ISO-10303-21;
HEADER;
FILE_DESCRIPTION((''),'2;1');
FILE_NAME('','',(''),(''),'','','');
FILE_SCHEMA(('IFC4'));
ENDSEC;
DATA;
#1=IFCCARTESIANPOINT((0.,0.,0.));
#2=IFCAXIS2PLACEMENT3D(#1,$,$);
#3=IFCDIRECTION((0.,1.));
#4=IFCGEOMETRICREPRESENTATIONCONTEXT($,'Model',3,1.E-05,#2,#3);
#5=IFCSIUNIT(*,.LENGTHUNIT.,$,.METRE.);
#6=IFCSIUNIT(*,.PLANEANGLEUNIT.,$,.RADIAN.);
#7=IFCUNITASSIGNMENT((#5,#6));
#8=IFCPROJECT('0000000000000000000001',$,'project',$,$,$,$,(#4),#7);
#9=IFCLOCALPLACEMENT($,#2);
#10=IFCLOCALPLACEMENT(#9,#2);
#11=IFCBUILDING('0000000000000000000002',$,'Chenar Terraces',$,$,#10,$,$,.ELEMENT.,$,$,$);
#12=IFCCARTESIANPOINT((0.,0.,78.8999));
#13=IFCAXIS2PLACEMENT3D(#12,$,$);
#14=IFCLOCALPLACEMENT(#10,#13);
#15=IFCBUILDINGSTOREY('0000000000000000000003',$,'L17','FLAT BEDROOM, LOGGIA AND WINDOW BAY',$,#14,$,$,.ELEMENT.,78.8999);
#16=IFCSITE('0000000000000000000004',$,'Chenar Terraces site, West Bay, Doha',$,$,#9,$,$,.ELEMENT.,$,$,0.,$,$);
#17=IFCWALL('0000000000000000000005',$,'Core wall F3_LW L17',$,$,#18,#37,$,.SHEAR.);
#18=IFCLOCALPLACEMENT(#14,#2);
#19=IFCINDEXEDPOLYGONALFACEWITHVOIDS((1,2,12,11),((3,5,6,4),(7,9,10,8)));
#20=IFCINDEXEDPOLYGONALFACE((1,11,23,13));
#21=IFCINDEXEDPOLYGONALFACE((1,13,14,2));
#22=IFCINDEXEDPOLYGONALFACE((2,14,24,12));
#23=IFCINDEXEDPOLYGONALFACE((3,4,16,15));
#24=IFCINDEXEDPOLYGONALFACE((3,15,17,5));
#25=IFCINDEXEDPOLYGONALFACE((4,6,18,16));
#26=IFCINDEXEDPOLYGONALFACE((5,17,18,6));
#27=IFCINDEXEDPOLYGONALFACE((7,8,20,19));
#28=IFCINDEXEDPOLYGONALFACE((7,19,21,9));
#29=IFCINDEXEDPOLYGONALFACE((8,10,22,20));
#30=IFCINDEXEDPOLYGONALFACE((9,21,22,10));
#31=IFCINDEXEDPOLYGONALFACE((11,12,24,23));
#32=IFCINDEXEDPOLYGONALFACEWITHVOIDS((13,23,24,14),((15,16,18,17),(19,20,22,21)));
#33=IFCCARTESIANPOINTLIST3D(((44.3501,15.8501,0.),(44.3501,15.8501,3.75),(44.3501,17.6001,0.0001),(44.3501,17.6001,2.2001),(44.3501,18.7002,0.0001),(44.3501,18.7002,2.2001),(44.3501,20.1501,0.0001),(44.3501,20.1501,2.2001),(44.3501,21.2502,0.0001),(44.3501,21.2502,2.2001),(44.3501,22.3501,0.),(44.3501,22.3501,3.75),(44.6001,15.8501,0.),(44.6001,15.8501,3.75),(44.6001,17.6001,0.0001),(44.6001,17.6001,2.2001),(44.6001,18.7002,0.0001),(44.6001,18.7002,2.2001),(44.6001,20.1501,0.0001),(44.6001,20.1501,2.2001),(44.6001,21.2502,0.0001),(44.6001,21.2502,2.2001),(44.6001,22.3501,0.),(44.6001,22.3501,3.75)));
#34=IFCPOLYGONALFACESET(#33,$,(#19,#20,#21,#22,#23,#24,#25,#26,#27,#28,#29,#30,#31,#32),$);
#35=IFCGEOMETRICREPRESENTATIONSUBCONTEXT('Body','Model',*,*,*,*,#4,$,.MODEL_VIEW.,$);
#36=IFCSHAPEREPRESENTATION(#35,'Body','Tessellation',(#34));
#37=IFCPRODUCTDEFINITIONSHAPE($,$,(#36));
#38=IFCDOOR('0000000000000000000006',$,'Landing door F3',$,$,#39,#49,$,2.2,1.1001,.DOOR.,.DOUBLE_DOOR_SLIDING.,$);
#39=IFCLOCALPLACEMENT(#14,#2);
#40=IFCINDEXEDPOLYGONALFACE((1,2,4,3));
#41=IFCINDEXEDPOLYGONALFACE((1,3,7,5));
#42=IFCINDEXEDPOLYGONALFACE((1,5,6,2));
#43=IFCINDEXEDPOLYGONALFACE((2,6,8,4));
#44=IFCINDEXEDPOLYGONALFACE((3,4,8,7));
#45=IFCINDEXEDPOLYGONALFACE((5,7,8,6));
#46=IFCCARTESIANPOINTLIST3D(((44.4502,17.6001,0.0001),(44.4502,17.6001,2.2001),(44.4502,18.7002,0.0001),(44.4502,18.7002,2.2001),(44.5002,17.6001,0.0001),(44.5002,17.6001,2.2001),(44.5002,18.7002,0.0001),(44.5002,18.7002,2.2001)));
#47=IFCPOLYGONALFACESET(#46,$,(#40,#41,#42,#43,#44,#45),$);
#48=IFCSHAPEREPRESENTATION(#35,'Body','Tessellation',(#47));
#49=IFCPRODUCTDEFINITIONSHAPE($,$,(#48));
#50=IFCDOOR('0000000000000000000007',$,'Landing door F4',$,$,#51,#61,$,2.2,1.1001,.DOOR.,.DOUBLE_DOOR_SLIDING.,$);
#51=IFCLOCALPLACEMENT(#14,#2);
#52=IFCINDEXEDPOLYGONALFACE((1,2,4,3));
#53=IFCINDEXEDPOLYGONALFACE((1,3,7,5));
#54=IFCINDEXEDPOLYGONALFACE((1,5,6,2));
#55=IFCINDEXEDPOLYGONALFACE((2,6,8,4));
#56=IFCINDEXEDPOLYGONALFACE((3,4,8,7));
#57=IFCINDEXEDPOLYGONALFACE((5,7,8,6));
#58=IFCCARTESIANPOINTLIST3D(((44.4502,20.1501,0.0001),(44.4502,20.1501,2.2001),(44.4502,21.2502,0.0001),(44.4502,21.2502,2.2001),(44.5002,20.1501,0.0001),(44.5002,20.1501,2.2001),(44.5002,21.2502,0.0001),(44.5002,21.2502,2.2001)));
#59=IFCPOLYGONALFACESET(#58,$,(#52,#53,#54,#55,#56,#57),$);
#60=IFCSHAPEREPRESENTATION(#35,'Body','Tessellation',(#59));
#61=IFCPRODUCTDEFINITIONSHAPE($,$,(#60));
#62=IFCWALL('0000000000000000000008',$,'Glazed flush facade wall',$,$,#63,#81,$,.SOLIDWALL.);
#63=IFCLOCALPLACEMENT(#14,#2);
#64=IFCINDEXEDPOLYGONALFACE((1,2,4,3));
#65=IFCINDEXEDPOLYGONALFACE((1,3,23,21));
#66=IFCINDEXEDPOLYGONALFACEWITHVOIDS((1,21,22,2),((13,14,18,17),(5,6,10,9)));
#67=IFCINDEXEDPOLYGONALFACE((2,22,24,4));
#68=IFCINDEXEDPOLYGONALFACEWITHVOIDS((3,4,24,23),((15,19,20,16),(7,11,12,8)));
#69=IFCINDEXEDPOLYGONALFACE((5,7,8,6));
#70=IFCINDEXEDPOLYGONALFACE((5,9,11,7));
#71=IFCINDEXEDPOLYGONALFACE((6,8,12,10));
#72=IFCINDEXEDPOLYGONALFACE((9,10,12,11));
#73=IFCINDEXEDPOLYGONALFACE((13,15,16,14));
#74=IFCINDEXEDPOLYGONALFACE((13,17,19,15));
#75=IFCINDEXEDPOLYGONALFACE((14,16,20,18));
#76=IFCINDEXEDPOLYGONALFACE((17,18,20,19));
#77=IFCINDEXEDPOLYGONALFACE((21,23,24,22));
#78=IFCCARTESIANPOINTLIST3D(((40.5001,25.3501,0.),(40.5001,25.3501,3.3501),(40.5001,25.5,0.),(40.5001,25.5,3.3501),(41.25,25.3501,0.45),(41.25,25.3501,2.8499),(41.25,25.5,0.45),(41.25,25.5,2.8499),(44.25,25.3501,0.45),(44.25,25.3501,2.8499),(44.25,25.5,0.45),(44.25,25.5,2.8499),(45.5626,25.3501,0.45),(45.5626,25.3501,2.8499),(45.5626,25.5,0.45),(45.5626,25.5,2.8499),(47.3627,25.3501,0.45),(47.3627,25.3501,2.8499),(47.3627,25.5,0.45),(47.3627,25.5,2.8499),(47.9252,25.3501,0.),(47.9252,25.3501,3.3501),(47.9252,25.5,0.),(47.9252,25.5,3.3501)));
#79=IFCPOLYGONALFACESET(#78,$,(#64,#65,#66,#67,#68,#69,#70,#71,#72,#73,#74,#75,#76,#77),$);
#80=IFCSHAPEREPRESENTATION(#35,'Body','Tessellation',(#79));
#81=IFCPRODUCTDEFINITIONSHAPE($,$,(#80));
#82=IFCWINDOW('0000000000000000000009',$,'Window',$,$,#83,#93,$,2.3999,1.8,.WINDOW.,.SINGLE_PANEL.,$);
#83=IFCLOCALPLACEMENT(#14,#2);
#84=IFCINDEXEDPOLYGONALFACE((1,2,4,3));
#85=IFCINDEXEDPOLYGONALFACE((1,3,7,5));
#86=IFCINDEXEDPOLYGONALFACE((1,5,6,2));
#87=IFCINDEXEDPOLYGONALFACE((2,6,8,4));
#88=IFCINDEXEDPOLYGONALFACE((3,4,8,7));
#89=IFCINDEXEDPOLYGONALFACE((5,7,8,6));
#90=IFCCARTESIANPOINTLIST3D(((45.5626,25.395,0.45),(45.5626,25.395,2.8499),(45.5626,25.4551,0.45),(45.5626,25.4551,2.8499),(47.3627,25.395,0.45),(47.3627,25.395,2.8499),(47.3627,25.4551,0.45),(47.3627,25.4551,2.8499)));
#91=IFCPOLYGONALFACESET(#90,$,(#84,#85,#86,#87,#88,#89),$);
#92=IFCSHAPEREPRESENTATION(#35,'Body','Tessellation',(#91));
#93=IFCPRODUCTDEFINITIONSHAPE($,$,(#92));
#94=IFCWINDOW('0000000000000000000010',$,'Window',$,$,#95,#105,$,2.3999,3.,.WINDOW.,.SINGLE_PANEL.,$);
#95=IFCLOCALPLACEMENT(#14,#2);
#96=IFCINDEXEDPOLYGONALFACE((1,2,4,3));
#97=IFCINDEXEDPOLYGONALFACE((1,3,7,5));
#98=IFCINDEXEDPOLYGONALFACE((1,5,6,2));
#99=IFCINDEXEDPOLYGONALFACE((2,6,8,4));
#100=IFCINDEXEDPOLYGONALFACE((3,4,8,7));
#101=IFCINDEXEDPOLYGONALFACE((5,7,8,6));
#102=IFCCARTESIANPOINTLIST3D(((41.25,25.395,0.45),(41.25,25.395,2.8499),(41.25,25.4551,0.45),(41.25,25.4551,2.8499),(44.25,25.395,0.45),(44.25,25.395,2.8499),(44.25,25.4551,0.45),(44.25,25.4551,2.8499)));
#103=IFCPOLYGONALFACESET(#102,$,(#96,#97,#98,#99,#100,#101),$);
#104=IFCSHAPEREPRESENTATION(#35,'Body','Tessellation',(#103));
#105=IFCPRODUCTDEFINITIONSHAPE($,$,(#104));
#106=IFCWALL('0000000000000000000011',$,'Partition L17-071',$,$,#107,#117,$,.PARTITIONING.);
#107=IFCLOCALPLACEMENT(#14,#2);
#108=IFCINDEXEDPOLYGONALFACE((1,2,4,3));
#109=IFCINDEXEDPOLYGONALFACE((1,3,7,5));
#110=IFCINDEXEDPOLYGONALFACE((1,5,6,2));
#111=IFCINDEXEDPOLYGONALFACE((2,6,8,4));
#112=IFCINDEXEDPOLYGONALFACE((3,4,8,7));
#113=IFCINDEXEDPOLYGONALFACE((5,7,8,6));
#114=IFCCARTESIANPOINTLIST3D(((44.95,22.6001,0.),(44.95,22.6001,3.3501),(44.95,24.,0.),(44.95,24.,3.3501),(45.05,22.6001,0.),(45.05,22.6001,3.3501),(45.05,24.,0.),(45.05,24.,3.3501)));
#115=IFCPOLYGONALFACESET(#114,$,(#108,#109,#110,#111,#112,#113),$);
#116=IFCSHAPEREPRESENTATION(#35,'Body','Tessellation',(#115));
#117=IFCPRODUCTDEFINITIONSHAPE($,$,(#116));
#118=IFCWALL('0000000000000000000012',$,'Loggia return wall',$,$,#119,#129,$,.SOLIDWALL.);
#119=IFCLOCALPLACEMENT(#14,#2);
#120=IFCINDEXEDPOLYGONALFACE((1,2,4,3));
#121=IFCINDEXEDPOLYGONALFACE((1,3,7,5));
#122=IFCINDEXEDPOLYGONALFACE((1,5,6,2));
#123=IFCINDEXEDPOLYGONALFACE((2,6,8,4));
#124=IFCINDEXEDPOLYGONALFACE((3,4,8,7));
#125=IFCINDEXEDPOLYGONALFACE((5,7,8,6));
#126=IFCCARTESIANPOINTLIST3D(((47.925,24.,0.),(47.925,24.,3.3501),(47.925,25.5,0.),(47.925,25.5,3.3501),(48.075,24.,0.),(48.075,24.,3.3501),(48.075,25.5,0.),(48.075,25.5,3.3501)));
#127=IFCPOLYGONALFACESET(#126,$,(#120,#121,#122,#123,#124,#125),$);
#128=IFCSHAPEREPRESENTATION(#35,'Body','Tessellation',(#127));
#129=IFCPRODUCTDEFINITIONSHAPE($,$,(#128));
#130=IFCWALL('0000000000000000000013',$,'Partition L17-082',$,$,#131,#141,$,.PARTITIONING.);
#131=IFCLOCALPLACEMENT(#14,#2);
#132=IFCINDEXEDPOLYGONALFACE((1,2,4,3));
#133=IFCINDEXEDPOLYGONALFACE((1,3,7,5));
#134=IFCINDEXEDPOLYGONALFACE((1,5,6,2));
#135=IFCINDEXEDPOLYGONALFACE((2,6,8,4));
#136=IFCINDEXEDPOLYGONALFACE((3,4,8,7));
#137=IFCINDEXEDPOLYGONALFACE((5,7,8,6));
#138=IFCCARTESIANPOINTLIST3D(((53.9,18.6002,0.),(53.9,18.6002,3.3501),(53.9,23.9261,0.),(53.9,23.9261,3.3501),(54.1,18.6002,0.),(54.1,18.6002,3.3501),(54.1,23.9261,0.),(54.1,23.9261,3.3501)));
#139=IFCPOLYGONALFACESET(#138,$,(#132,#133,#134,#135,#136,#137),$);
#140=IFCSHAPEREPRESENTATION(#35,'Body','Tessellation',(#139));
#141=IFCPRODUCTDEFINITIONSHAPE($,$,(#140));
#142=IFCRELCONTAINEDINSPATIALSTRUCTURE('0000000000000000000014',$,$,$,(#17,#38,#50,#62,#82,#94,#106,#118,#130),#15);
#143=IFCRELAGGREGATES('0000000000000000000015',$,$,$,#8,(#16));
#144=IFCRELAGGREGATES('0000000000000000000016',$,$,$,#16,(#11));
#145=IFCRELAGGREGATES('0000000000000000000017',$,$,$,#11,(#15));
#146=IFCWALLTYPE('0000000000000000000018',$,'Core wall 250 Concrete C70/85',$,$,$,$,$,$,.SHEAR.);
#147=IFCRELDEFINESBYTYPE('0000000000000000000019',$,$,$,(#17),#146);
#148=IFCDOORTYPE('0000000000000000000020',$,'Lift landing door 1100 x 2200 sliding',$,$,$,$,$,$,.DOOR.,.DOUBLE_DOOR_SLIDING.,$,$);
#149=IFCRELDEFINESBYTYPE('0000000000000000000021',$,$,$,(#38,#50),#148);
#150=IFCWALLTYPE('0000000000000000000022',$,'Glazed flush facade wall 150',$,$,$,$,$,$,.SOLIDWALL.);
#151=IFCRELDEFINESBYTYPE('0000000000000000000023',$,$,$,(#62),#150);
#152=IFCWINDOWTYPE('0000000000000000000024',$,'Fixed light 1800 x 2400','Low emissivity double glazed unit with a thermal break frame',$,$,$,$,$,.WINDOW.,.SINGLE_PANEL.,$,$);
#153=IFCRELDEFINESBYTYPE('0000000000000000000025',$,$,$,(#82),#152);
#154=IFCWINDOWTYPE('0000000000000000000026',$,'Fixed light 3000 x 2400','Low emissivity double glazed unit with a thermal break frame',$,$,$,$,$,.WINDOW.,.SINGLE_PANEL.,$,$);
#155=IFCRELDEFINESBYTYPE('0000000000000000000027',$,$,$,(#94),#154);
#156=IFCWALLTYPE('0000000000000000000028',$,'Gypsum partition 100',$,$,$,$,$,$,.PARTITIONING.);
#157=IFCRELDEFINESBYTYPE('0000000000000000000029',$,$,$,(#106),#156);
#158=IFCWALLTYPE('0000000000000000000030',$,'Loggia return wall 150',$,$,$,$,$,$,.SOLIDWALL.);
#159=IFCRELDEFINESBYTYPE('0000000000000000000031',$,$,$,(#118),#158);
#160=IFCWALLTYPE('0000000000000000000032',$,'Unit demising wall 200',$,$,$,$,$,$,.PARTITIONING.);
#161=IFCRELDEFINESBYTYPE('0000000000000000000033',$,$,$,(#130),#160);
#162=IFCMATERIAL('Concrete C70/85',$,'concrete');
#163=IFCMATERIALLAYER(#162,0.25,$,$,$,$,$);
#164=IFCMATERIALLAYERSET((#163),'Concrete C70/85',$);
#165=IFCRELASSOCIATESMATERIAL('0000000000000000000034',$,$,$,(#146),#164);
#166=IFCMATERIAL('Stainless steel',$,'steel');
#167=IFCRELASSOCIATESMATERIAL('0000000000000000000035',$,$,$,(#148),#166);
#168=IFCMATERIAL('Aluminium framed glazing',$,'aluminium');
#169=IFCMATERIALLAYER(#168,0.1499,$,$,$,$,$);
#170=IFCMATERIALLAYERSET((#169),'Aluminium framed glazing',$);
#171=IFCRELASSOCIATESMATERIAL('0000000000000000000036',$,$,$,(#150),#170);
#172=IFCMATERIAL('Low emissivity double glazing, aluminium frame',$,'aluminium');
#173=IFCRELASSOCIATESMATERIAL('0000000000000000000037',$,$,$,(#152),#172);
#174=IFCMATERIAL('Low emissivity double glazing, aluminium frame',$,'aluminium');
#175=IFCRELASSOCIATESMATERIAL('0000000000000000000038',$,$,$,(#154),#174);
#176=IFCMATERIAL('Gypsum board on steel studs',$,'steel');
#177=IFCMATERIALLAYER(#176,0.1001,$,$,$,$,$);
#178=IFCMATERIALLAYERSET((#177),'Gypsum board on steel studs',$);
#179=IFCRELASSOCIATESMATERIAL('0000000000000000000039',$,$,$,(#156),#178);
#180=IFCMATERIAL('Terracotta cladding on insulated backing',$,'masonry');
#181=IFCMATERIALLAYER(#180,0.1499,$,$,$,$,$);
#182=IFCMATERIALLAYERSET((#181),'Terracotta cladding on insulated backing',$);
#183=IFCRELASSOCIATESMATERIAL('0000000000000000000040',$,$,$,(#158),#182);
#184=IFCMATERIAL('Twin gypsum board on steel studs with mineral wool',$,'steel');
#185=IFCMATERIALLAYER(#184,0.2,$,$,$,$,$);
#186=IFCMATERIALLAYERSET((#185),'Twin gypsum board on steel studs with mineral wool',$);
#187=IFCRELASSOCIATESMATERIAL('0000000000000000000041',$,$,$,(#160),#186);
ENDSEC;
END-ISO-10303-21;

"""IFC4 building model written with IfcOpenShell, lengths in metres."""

from ifc_helpers import new_model, si_unit, direction, frame, frame_2d, origin, place, context, subcontext, project, spatial, rectangle, extrude, material, layer, layer_set, type_object, element, fill, save


model = new_model("IFC4")

# Units and contexts
model_context = context("Model", 3, precision=1e-05, world=origin(), true_north=direction((0.0, 1.0)))
body_context = subcontext(model_context, "Body", "Model", "MODEL_VIEW")
ifc_project = project(units=[si_unit("LENGTHUNIT", "METRE"), si_unit("PLANEANGLEUNIT", "RADIAN")], contexts=[model_context])

# Site, building, storey
site_placement = place(None, origin())
site = spatial("IfcSite", under=ifc_project, at=site_placement, Name="Chenar Terraces site, West Bay, Doha", CompositionType="ELEMENT", RefElevation=0.0)
building_placement = place(site_placement, origin())
building = spatial("IfcBuilding", under=site, at=building_placement, Name="Chenar Terraces", CompositionType="ELEMENT")
storey_placement = place(building_placement, frame((0.0, 0.0, 78.8999)))
storey = spatial("IfcBuildingStorey", under=building, at=storey_placement, Name="L17", Description="FLAT BEDROOM, LOGGIA AND WINDOW BAY", CompositionType="ELEMENT", Elevation=78.8999)

# Shared definitions
ifc_material_1 = material(Name="Concrete C70/85", Category="concrete")
ifc_layer_1 = layer(ifc_material_1, 0.25)
ifc_layer_set_1 = layer_set([ifc_layer_1], Name="Concrete C70/85")
wall_type_1 = type_object("IfcWallType", Name="Core wall 250 Concrete C70/85", PredefinedType="SHEAR", material=ifc_layer_set_1)

# Wall, openings, doors
wall_1_placement = place(storey_placement, frame((44.4751, 15.8501, 0.0), z_axis=(0.0, 0.0, 1.0), x_axis=(0.0, 1.0, 0.0)))
wall_1 = element("IfcWall", 1, at=wall_1_placement, inside=storey, type_object=wall_type_1, Name="Core wall F3_LW L17", PredefinedType="SHEAR", context=body_context, shape_type="SweptSolid", body=[
    extrude(rectangle(XDim=6.5, YDim=0.25, at=frame_2d((3.25, 0.0))), origin(), (0.0, 0.0, 1.0), 3.75),
])
opening_1_placement = place(wall_1_placement, frame((1.75, 0.0, 0.0)))
opening_1 = element("IfcOpeningElement", 2, at=opening_1_placement, cuts=wall_1, PredefinedType="OPENING", context=body_context, shape_type="SweptSolid", body=[
    extrude(rectangle(XDim=1.1001, YDim=2.2, at=frame_2d((0.55, 1.1001))), frame((0.0, 0.135, 0.0), z_axis=(0.0, -1.0, 0.0), x_axis=(1.0, 0.0, 0.0)), (0.0, 0.0, 1.0), 0.27),
])
opening_2_placement = place(wall_1_placement, frame((4.3, 0.0, 0.0)))
opening_2 = element("IfcOpeningElement", 3, at=opening_2_placement, cuts=wall_1, PredefinedType="OPENING", context=body_context, shape_type="SweptSolid", body=[
    extrude(rectangle(XDim=1.1001, YDim=2.2, at=frame_2d((0.55, 1.1001))), frame((0.0, 0.135, 0.0), z_axis=(0.0, -1.0, 0.0), x_axis=(1.0, 0.0, 0.0)), (0.0, 0.0, 1.0), 0.27),
])
ifc_material_2 = material(Name="Stainless steel", Category="steel")
door_type_1 = type_object("IfcDoorType", Name="Lift landing door 1100 x 2200 sliding", OperationType="DOUBLE_DOOR_SLIDING", PredefinedType="DOOR", material=ifc_material_2)
door_1_placement = place(opening_1_placement, origin())
door_1 = element("IfcDoor", 4, at=door_1_placement, inside=storey, type_object=door_type_1, Name="Landing door F3", OperationType="DOUBLE_DOOR_SLIDING", OverallHeight=2.2, OverallWidth=1.1001, PredefinedType="DOOR", context=body_context, shape_type="SweptSolid", body=[
    extrude(rectangle(XDim=1.1001, YDim=2.2, at=frame_2d((0.55, 1.1001))), frame((0.0, 0.0249, 0.0), z_axis=(0.0, -1.0, 0.0), x_axis=(1.0, 0.0, 0.0)), (0.0, 0.0, 1.0), 0.05),
])
fill(opening_1, door_1)
door_2_placement = place(opening_2_placement, origin())
door_2 = element("IfcDoor", 5, at=door_2_placement, inside=storey, type_object=door_type_1, Name="Landing door F4", OperationType="DOUBLE_DOOR_SLIDING", OverallHeight=2.2, OverallWidth=1.1001, PredefinedType="DOOR", context=body_context, shape_type="SweptSolid", body=[
    extrude(rectangle(XDim=1.1001, YDim=2.2, at=frame_2d((0.55, 1.1001))), frame((0.0, 0.0249, 0.0), z_axis=(0.0, -1.0, 0.0), x_axis=(1.0, 0.0, 0.0)), (0.0, 0.0, 1.0), 0.05),
])
fill(opening_2, door_2)

# Wall, openings, windows
ifc_material_3 = material(Name="Aluminium framed glazing", Category="aluminium")
ifc_layer_2 = layer(ifc_material_3, 0.1499)
ifc_layer_set_2 = layer_set([ifc_layer_2], Name="Aluminium framed glazing")
wall_type_2 = type_object("IfcWallType", Name="Glazed flush facade wall 150", PredefinedType="SOLIDWALL", material=ifc_layer_set_2)
wall_2_placement = place(storey_placement, frame((47.925, 25.425, 0.0), z_axis=(0.0, 0.0, 1.0), x_axis=(-1.0, 0.0, 0.0)))
wall_2 = element("IfcWall", 6, at=wall_2_placement, inside=storey, type_object=wall_type_2, Name="Glazed flush facade wall", PredefinedType="SOLIDWALL", context=body_context, shape_type="SweptSolid", body=[
    extrude(rectangle(XDim=7.425, YDim=0.1499, at=frame_2d((3.7124, 0.0))), origin(), (0.0, 0.0, 1.0), 3.3501),
])
opening_3_placement = place(wall_2_placement, frame((0.5625, 0.0, 0.45)))
opening_3 = element("IfcOpeningElement", 7, at=opening_3_placement, cuts=wall_2, PredefinedType="OPENING", context=body_context, shape_type="SweptSolid", body=[
    extrude(rectangle(XDim=1.8, YDim=2.3999, at=frame_2d((0.8999, 1.2))), frame((0.0, 0.085, 0.0), z_axis=(0.0, -1.0, 0.0), x_axis=(1.0, 0.0, 0.0)), (0.0, 0.0, 1.0), 0.1699),
])
opening_4_placement = place(wall_2_placement, frame((3.675, 0.0, 0.45)))
opening_4 = element("IfcOpeningElement", 8, at=opening_4_placement, cuts=wall_2, PredefinedType="OPENING", context=body_context, shape_type="SweptSolid", body=[
    extrude(rectangle(XDim=3.0, YDim=2.3999, at=frame_2d((1.5, 1.2))), frame((0.0, 0.085, 0.0), z_axis=(0.0, -1.0, 0.0), x_axis=(1.0, 0.0, 0.0)), (0.0, 0.0, 1.0), 0.1699),
])
ifc_material_4 = material(Name="Low emissivity double glazing, aluminium frame", Category="aluminium")
window_type_1 = type_object("IfcWindowType", Name="Fixed light 1800 x 2400", Description="Low emissivity double glazed unit with a thermal break frame", PartitioningType="SINGLE_PANEL", PredefinedType="WINDOW", material=ifc_material_4)
window_1_placement = place(opening_3_placement, origin())
window_1 = element("IfcWindow", 9, at=window_1_placement, inside=storey, type_object=window_type_1, Name="Window", OverallHeight=2.3999, OverallWidth=1.8, PartitioningType="SINGLE_PANEL", PredefinedType="WINDOW", context=body_context, shape_type="SweptSolid", body=[
    extrude(rectangle(XDim=1.8, YDim=2.3999, at=frame_2d((0.8999, 1.2))), frame((0.0, 0.03, 0.0), z_axis=(0.0, -1.0, 0.0), x_axis=(1.0, 0.0, 0.0)), (0.0, 0.0, 1.0), 0.0601),
])
fill(opening_3, window_1)
ifc_material_5 = material(Name="Low emissivity double glazing, aluminium frame", Category="aluminium")
window_type_2 = type_object("IfcWindowType", Name="Fixed light 3000 x 2400", Description="Low emissivity double glazed unit with a thermal break frame", PartitioningType="SINGLE_PANEL", PredefinedType="WINDOW", material=ifc_material_5)
window_2_placement = place(opening_4_placement, origin())
window_2 = element("IfcWindow", 10, at=window_2_placement, inside=storey, type_object=window_type_2, Name="Window", OverallHeight=2.3999, OverallWidth=3.0, PartitioningType="SINGLE_PANEL", PredefinedType="WINDOW", context=body_context, shape_type="SweptSolid", body=[
    extrude(rectangle(XDim=3.0, YDim=2.3999, at=frame_2d((1.5, 1.2))), frame((0.0, 0.03, 0.0), z_axis=(0.0, -1.0, 0.0), x_axis=(1.0, 0.0, 0.0)), (0.0, 0.0, 1.0), 0.0601),
])
fill(opening_4, window_2)

# Walls
ifc_material_6 = material(Name="Gypsum board on steel studs", Category="steel")
ifc_layer_3 = layer(ifc_material_6, 0.1001)
ifc_layer_set_3 = layer_set([ifc_layer_3], Name="Gypsum board on steel studs")
wall_type_3 = type_object("IfcWallType", Name="Gypsum partition 100", PredefinedType="PARTITIONING", material=ifc_layer_set_3)
wall_3_placement = place(storey_placement, frame((45.0, 22.6001, 0.0), z_axis=(0.0, 0.0, 1.0), x_axis=(0.0, 1.0, 0.0)))
element("IfcWall", 11, at=wall_3_placement, inside=storey, type_object=wall_type_3, Name="Partition L17-071", PredefinedType="PARTITIONING", context=body_context, shape_type="SweptSolid", body=[
    extrude(rectangle(XDim=1.3999, YDim=0.1001, at=frame_2d((0.7, 0.0))), origin(), (0.0, 0.0, 1.0), 3.3501),
])
ifc_material_7 = material(Name="Terracotta cladding on insulated backing", Category="masonry")
ifc_layer_4 = layer(ifc_material_7, 0.1499)
ifc_layer_set_4 = layer_set([ifc_layer_4], Name="Terracotta cladding on insulated backing")
wall_type_4 = type_object("IfcWallType", Name="Loggia return wall 150", PredefinedType="SOLIDWALL", material=ifc_layer_set_4)
wall_4_placement = place(storey_placement, frame((48.0, 25.5, 0.0), z_axis=(0.0, 0.0, 1.0), x_axis=(0.0, -1.0, 0.0)))
element("IfcWall", 12, at=wall_4_placement, inside=storey, type_object=wall_type_4, Name="Loggia return wall", PredefinedType="SOLIDWALL", context=body_context, shape_type="SweptSolid", body=[
    extrude(rectangle(XDim=1.5, YDim=0.1499, at=frame_2d((0.75, 0.0))), origin(), (0.0, 0.0, 1.0), 3.3501),
])
ifc_material_8 = material(Name="Twin gypsum board on steel studs with mineral wool", Category="steel")
ifc_layer_5 = layer(ifc_material_8, 0.2)
ifc_layer_set_5 = layer_set([ifc_layer_5], Name="Twin gypsum board on steel studs with mineral wool")
wall_type_5 = type_object("IfcWallType", Name="Unit demising wall 200", PredefinedType="PARTITIONING", material=ifc_layer_set_5)
wall_5_placement = place(storey_placement, frame((54.0, 18.6001, 0.0), z_axis=(0.0, 0.0, 1.0), x_axis=(0.0, 1.0, 0.0)))
element("IfcWall", 13, at=wall_5_placement, inside=storey, type_object=wall_type_5, Name="Partition L17-082", PredefinedType="PARTITIONING", context=body_context, shape_type="SweptSolid", body=[
    extrude(rectangle(XDim=5.3259, YDim=0.2, at=frame_2d((2.6631, 0.0))), origin(), (0.0, 0.0, 1.0), 3.3501),
])

save(model, "model.ifc")
